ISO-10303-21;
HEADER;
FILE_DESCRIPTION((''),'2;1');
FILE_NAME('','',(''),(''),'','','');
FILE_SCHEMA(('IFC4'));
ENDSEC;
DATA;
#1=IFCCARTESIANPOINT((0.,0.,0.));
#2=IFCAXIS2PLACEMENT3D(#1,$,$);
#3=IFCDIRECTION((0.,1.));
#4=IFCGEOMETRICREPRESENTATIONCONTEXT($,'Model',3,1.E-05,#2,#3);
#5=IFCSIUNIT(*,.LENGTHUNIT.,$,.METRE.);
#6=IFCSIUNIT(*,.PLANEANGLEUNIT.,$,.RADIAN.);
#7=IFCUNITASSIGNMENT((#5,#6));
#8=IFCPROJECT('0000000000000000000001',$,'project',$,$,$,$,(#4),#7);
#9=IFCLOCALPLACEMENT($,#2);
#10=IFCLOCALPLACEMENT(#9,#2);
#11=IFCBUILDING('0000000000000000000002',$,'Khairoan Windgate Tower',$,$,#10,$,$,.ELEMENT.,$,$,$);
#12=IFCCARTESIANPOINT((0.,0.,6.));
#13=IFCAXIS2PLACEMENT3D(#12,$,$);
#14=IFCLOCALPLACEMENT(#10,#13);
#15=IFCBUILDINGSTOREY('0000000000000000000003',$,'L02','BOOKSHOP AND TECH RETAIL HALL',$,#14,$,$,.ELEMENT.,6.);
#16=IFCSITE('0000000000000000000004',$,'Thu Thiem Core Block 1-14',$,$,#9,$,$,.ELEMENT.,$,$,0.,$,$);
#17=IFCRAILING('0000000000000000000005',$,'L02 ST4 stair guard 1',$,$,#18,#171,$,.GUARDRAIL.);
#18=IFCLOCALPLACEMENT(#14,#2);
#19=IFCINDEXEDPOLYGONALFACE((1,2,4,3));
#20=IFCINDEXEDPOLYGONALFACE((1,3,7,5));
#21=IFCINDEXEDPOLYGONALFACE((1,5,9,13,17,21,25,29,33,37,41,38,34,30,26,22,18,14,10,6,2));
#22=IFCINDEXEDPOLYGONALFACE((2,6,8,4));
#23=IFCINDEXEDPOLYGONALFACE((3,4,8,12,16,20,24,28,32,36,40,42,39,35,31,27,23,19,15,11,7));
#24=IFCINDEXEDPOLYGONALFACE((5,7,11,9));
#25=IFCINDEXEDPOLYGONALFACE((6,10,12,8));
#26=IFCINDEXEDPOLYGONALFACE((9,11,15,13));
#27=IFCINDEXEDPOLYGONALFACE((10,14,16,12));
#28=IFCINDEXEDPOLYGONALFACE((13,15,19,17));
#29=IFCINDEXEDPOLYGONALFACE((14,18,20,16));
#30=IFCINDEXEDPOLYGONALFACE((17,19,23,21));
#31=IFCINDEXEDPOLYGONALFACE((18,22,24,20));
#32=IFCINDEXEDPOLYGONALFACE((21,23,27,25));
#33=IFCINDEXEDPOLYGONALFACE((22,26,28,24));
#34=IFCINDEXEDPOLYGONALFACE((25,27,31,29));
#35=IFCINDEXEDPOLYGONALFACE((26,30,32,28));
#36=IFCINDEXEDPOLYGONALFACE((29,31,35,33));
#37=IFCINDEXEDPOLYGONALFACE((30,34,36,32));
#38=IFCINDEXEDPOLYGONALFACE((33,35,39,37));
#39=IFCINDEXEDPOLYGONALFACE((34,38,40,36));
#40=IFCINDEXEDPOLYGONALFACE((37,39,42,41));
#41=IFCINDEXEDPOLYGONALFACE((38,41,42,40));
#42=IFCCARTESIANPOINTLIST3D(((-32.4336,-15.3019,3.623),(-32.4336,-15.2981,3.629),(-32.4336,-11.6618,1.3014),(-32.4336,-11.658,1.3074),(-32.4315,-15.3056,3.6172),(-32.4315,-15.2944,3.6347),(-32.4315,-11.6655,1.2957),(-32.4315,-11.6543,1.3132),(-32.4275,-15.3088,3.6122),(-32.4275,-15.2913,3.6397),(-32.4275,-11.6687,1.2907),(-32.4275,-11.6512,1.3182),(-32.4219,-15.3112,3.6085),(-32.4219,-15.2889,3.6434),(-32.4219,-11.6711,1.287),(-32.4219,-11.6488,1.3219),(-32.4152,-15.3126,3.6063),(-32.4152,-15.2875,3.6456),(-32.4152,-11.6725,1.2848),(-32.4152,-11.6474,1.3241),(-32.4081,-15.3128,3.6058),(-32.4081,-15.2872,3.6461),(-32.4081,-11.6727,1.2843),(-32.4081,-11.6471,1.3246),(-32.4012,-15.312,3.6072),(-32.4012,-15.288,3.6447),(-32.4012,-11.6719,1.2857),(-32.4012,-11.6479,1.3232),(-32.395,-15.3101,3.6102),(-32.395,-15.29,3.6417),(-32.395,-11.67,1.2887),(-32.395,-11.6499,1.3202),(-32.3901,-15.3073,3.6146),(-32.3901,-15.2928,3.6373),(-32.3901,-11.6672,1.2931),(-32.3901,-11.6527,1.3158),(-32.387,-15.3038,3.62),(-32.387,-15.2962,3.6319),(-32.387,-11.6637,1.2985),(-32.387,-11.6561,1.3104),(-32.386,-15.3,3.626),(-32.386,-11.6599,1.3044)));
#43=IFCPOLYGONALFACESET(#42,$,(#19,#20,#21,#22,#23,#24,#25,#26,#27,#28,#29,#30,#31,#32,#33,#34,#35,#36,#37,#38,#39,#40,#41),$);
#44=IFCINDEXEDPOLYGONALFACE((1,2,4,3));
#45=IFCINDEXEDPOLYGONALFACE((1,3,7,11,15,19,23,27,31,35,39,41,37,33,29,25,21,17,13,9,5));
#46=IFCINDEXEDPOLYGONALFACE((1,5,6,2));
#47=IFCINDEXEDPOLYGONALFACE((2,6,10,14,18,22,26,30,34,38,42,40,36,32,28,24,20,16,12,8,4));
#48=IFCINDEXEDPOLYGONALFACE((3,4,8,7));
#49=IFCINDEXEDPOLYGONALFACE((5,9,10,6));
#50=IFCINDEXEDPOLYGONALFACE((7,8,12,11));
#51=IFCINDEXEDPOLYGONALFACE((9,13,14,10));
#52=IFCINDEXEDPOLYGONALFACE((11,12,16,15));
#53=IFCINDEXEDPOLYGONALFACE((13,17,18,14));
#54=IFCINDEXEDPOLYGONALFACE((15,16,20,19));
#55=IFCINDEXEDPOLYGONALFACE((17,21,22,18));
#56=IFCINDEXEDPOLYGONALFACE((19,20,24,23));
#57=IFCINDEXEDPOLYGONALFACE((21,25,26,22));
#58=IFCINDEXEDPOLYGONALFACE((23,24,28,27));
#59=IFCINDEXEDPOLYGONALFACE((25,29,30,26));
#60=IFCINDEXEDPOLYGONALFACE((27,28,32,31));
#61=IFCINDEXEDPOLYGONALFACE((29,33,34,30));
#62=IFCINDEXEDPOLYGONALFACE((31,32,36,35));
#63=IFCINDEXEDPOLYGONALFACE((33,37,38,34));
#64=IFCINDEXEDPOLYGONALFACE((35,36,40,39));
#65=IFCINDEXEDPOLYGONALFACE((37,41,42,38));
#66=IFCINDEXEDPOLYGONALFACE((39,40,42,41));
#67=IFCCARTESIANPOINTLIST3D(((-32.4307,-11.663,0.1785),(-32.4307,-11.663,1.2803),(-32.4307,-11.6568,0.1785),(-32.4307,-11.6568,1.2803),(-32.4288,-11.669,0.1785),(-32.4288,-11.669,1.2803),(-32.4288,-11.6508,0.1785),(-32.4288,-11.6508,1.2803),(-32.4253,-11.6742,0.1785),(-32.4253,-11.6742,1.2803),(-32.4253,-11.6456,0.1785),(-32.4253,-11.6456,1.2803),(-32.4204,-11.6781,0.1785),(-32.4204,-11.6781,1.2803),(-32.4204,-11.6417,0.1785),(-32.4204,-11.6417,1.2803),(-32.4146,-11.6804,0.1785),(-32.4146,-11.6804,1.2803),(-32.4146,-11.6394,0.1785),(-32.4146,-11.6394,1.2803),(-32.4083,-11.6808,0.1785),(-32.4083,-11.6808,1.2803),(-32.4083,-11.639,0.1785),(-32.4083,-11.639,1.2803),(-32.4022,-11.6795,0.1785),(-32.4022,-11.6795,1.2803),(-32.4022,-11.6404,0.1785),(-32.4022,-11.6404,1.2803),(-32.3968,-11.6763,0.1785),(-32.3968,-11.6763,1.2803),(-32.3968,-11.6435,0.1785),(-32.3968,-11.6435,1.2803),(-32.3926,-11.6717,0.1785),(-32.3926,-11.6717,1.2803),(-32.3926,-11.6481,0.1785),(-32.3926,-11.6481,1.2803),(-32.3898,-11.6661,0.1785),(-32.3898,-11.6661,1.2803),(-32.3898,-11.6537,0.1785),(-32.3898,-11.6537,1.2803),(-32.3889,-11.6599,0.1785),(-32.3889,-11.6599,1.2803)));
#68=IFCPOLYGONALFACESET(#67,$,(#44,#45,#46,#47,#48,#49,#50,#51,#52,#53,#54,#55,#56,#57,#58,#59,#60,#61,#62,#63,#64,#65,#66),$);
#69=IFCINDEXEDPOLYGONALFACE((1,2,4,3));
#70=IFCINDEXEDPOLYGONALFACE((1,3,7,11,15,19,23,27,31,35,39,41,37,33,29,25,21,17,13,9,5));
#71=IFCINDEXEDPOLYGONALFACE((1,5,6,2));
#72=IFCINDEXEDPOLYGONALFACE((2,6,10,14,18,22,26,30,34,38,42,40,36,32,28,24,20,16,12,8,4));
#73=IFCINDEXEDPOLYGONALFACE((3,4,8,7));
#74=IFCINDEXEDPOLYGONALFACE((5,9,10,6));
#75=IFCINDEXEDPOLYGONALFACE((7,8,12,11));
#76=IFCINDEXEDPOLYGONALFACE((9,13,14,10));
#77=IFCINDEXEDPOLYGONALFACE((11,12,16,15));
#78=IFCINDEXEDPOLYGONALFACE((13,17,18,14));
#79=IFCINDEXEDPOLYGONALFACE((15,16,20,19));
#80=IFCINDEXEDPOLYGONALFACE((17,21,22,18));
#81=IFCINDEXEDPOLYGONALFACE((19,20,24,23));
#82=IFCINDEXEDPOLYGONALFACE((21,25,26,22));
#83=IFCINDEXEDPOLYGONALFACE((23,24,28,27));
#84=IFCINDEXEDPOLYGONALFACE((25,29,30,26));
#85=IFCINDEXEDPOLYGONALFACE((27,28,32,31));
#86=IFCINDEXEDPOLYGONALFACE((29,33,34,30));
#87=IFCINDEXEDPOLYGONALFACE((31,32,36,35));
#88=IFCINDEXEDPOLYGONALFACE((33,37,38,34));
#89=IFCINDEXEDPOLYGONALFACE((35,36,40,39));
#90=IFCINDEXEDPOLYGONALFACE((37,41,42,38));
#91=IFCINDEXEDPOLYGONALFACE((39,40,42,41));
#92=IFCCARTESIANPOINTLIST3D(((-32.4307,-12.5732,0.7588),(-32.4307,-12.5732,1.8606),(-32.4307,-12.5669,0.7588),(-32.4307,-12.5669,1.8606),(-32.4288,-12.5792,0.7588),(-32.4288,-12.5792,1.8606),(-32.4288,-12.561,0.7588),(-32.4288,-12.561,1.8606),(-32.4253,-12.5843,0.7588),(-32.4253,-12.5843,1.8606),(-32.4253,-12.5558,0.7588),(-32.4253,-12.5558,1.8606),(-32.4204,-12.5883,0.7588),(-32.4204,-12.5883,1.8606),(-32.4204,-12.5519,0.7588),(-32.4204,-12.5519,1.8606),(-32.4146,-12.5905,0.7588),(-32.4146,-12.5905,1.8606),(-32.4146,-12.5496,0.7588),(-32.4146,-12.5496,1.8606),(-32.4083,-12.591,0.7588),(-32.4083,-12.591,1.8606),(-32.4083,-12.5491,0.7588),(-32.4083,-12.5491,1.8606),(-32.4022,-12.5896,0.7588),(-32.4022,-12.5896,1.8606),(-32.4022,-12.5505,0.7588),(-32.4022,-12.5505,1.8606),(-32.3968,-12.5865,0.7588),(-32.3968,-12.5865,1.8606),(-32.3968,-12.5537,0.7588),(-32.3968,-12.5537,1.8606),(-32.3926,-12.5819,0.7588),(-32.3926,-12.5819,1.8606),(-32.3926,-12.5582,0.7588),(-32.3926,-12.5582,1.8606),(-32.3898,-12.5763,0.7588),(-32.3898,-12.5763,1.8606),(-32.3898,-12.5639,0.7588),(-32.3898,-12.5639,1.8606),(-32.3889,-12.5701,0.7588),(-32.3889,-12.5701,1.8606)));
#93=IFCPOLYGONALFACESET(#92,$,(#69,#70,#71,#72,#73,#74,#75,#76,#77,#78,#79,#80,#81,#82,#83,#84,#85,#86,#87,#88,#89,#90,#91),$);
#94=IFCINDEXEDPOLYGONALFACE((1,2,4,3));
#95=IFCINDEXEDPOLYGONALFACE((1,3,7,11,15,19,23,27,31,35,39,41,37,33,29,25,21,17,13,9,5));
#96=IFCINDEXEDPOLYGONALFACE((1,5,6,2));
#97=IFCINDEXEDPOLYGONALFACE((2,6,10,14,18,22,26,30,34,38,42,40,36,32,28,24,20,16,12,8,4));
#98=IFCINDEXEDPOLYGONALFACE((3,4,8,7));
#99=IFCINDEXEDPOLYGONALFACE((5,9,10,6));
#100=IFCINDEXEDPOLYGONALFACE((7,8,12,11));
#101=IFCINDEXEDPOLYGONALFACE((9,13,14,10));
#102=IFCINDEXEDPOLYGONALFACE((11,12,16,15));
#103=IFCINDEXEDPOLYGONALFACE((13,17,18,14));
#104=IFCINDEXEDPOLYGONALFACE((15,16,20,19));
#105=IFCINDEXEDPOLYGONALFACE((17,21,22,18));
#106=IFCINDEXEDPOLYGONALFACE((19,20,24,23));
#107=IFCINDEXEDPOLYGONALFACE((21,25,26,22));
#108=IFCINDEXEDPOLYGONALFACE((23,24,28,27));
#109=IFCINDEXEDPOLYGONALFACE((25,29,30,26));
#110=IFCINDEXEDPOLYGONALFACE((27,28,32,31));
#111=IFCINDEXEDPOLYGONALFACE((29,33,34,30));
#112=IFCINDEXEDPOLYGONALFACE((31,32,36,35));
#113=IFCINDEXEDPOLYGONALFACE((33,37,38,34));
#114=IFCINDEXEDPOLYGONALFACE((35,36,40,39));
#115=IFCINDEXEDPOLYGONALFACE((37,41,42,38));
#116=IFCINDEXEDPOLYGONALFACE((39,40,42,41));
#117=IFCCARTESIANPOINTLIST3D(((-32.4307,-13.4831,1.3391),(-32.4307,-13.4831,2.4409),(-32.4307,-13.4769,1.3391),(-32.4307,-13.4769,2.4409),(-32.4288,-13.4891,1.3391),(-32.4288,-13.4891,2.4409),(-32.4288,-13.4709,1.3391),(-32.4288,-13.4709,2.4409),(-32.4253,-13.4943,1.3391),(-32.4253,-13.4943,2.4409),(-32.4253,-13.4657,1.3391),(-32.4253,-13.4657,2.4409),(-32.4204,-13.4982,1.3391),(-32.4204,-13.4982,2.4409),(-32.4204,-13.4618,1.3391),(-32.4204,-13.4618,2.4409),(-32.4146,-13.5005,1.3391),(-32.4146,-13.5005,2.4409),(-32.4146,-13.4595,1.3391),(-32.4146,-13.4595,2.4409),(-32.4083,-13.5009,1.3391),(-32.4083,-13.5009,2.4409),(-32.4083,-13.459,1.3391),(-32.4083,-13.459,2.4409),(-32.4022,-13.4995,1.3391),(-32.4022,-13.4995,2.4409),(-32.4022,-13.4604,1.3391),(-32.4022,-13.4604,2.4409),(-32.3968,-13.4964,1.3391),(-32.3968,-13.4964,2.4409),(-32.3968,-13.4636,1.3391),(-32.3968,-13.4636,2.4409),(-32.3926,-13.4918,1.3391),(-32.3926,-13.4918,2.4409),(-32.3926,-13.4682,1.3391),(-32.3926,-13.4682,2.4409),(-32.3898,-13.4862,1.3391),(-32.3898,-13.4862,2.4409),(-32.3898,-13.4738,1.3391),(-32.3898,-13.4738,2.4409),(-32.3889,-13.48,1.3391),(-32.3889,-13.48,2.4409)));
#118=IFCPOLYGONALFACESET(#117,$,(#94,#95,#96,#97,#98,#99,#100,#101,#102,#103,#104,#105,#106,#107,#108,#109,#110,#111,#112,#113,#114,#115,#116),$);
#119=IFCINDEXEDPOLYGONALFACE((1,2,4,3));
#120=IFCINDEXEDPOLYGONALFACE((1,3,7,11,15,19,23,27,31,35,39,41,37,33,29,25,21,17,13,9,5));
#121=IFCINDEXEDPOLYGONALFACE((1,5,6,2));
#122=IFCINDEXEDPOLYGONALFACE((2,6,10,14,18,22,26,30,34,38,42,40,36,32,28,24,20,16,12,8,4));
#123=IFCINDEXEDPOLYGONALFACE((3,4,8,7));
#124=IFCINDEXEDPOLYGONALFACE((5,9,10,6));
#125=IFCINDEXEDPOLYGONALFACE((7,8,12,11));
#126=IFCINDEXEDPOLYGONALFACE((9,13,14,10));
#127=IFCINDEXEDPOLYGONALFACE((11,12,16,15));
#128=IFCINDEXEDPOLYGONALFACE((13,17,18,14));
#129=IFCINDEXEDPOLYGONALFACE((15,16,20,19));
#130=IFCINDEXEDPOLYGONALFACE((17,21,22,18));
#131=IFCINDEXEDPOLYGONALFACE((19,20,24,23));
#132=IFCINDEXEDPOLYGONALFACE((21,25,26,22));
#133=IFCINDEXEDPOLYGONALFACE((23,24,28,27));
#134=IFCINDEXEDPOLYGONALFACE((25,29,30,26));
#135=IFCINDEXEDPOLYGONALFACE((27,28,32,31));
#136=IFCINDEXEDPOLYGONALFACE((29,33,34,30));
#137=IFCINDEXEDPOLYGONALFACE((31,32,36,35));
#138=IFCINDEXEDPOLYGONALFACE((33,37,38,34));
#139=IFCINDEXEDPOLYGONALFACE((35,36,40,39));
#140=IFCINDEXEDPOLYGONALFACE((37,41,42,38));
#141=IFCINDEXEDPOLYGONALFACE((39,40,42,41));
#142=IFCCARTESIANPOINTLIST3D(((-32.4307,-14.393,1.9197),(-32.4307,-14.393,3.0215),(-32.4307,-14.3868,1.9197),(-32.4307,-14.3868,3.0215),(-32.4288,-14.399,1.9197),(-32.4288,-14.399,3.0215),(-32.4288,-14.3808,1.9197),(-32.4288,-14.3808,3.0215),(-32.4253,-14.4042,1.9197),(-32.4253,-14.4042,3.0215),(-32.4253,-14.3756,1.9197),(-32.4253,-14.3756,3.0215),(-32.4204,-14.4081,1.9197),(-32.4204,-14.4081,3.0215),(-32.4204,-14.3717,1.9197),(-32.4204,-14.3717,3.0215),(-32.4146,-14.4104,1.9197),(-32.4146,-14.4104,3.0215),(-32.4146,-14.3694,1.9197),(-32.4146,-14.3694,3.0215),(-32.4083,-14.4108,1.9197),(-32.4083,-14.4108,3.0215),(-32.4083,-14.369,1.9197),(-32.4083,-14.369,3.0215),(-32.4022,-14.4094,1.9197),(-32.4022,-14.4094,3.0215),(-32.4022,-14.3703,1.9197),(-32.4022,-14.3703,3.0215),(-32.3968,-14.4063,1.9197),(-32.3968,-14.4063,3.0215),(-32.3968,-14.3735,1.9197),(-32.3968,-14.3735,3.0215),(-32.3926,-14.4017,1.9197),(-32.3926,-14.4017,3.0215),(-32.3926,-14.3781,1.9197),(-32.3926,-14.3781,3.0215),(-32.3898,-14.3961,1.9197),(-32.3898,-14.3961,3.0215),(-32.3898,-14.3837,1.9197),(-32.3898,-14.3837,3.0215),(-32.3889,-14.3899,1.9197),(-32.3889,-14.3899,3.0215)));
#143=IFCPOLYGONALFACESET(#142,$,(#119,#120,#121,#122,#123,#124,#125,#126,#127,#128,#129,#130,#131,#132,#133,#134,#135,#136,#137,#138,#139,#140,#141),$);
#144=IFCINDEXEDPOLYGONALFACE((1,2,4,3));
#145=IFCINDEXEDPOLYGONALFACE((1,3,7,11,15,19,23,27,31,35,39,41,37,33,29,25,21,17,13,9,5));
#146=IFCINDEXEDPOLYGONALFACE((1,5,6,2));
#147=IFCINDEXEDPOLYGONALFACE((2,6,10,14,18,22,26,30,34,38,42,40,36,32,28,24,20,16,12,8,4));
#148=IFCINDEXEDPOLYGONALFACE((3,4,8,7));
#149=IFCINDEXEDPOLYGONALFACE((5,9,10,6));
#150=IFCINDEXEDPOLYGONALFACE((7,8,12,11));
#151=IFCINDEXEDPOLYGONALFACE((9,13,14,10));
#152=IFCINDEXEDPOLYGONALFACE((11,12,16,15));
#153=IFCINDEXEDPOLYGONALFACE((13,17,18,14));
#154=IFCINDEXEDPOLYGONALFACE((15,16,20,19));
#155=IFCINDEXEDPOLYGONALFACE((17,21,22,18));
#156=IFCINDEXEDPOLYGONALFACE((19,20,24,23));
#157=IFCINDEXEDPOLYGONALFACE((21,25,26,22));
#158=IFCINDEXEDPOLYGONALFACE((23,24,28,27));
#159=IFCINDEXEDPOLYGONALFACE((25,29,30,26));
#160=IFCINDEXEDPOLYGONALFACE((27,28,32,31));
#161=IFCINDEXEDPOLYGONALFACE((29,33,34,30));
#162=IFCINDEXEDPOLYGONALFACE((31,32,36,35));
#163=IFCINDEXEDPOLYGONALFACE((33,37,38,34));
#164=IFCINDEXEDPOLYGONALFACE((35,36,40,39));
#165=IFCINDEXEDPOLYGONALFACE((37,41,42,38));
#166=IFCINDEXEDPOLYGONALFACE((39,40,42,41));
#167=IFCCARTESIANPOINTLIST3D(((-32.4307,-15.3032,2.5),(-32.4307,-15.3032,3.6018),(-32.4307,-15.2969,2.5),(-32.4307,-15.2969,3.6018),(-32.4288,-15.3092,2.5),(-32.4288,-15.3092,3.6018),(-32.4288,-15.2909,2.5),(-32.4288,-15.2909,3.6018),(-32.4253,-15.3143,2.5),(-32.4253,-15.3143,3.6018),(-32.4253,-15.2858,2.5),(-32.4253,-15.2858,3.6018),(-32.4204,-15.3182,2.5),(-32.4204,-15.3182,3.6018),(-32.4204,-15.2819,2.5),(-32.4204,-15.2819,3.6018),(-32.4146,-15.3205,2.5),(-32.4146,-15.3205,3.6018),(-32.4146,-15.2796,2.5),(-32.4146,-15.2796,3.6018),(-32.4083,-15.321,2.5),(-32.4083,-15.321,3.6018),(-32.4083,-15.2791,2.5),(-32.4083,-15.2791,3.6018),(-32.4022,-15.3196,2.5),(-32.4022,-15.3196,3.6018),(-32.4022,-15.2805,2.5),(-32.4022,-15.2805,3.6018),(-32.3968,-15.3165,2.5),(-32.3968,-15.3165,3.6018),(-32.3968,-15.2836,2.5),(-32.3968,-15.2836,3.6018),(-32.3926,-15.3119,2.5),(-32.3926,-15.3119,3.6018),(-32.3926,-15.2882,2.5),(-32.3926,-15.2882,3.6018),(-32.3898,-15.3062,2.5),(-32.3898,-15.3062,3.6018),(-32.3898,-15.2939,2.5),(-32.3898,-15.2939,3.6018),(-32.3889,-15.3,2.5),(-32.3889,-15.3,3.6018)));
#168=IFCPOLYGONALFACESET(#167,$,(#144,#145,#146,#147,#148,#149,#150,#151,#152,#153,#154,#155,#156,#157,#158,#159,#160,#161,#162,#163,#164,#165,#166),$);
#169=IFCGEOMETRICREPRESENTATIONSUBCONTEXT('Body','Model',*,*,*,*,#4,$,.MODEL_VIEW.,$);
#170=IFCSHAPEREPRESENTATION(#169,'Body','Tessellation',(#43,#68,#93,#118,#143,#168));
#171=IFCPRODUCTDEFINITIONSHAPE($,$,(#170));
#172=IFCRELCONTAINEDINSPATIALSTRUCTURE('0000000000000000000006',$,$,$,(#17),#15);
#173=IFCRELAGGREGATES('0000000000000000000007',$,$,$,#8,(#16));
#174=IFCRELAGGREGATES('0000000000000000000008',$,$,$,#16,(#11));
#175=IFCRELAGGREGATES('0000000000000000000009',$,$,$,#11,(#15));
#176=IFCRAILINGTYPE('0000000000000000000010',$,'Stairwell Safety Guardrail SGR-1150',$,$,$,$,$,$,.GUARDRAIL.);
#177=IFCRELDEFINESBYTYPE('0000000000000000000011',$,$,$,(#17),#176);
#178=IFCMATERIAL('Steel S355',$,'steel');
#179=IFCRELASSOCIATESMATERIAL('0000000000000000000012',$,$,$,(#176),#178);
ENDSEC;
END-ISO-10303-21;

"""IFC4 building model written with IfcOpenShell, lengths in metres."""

from ifc_helpers import new_model, si_unit, direction, frame, origin, origin_2d, place, context, subcontext, project, spatial, circle, extrude, material, type_object, element, save


model = new_model("IFC4")

# Units and contexts
model_context = context("Model", 3, precision=1e-05, world=origin(), true_north=direction((0.0, 1.0)))
body_context = subcontext(model_context, "Body", "Model", "MODEL_VIEW")
ifc_project = project(units=[si_unit("LENGTHUNIT", "METRE"), si_unit("PLANEANGLEUNIT", "RADIAN")], contexts=[model_context])

# Site, building, storey
site_placement = place(None, origin())
site = spatial("IfcSite", under=ifc_project, at=site_placement, Name="Thu Thiem Core Block 1-14", CompositionType="ELEMENT", RefElevation=0.0)
building_placement = place(site_placement, origin())
building = spatial("IfcBuilding", under=site, at=building_placement, Name="Khairoan Windgate Tower", CompositionType="ELEMENT")
storey_placement = place(building_placement, frame((0.0, 0.0, 6.0)))
storey = spatial("IfcBuildingStorey", under=building, at=storey_placement, Name="L02", Description="BOOKSHOP AND TECH RETAIL HALL", CompositionType="ELEMENT", Elevation=6.0)

# Railing
ifc_material_1 = material(Name="Steel S355", Category="steel")
railing_type_1 = type_object("IfcRailingType", Name="Stairwell Safety Guardrail SGR-1150", PredefinedType="GUARDRAIL", material=ifc_material_1)
railing_1_placement = place(storey_placement, frame((-32.4099, -11.6599, 0.1785)))
element("IfcRailing", 1, at=railing_1_placement, inside=storey, type_object=railing_type_1, Name="L02 ST4 stair guard 1", PredefinedType="GUARDRAIL", context=body_context, shape_type="SweptSolid", body=[
    extrude(circle(Radius=0.0239, at=origin_2d()), frame((0.0, 0.0, 1.126), z_axis=(0.0, -0.843128, 0.537713), x_axis=(1.0, 0.0, 0.0)), (0.0, 0.0, 1.0), 4.3174),
    extrude(circle(Radius=0.021, at=origin_2d()), origin(), (0.0, 0.0, 1.0), 1.1018),
    extrude(circle(Radius=0.021, at=origin_2d()), frame((0.0, -0.9102, 0.5803)), (0.0, 0.0, 1.0), 1.1018),
    extrude(circle(Radius=0.021, at=origin_2d()), frame((0.0, -1.8201, 1.1606)), (0.0, 0.0, 1.0), 1.1018),
    extrude(circle(Radius=0.021, at=origin_2d()), frame((0.0, -2.73, 1.7412)), (0.0, 0.0, 1.0), 1.1018),
    extrude(circle(Radius=0.021, at=origin_2d()), frame((0.0, -3.6401, 2.3215)), (0.0, 0.0, 1.0), 1.1018),
])

save(model, "model.ifc")
